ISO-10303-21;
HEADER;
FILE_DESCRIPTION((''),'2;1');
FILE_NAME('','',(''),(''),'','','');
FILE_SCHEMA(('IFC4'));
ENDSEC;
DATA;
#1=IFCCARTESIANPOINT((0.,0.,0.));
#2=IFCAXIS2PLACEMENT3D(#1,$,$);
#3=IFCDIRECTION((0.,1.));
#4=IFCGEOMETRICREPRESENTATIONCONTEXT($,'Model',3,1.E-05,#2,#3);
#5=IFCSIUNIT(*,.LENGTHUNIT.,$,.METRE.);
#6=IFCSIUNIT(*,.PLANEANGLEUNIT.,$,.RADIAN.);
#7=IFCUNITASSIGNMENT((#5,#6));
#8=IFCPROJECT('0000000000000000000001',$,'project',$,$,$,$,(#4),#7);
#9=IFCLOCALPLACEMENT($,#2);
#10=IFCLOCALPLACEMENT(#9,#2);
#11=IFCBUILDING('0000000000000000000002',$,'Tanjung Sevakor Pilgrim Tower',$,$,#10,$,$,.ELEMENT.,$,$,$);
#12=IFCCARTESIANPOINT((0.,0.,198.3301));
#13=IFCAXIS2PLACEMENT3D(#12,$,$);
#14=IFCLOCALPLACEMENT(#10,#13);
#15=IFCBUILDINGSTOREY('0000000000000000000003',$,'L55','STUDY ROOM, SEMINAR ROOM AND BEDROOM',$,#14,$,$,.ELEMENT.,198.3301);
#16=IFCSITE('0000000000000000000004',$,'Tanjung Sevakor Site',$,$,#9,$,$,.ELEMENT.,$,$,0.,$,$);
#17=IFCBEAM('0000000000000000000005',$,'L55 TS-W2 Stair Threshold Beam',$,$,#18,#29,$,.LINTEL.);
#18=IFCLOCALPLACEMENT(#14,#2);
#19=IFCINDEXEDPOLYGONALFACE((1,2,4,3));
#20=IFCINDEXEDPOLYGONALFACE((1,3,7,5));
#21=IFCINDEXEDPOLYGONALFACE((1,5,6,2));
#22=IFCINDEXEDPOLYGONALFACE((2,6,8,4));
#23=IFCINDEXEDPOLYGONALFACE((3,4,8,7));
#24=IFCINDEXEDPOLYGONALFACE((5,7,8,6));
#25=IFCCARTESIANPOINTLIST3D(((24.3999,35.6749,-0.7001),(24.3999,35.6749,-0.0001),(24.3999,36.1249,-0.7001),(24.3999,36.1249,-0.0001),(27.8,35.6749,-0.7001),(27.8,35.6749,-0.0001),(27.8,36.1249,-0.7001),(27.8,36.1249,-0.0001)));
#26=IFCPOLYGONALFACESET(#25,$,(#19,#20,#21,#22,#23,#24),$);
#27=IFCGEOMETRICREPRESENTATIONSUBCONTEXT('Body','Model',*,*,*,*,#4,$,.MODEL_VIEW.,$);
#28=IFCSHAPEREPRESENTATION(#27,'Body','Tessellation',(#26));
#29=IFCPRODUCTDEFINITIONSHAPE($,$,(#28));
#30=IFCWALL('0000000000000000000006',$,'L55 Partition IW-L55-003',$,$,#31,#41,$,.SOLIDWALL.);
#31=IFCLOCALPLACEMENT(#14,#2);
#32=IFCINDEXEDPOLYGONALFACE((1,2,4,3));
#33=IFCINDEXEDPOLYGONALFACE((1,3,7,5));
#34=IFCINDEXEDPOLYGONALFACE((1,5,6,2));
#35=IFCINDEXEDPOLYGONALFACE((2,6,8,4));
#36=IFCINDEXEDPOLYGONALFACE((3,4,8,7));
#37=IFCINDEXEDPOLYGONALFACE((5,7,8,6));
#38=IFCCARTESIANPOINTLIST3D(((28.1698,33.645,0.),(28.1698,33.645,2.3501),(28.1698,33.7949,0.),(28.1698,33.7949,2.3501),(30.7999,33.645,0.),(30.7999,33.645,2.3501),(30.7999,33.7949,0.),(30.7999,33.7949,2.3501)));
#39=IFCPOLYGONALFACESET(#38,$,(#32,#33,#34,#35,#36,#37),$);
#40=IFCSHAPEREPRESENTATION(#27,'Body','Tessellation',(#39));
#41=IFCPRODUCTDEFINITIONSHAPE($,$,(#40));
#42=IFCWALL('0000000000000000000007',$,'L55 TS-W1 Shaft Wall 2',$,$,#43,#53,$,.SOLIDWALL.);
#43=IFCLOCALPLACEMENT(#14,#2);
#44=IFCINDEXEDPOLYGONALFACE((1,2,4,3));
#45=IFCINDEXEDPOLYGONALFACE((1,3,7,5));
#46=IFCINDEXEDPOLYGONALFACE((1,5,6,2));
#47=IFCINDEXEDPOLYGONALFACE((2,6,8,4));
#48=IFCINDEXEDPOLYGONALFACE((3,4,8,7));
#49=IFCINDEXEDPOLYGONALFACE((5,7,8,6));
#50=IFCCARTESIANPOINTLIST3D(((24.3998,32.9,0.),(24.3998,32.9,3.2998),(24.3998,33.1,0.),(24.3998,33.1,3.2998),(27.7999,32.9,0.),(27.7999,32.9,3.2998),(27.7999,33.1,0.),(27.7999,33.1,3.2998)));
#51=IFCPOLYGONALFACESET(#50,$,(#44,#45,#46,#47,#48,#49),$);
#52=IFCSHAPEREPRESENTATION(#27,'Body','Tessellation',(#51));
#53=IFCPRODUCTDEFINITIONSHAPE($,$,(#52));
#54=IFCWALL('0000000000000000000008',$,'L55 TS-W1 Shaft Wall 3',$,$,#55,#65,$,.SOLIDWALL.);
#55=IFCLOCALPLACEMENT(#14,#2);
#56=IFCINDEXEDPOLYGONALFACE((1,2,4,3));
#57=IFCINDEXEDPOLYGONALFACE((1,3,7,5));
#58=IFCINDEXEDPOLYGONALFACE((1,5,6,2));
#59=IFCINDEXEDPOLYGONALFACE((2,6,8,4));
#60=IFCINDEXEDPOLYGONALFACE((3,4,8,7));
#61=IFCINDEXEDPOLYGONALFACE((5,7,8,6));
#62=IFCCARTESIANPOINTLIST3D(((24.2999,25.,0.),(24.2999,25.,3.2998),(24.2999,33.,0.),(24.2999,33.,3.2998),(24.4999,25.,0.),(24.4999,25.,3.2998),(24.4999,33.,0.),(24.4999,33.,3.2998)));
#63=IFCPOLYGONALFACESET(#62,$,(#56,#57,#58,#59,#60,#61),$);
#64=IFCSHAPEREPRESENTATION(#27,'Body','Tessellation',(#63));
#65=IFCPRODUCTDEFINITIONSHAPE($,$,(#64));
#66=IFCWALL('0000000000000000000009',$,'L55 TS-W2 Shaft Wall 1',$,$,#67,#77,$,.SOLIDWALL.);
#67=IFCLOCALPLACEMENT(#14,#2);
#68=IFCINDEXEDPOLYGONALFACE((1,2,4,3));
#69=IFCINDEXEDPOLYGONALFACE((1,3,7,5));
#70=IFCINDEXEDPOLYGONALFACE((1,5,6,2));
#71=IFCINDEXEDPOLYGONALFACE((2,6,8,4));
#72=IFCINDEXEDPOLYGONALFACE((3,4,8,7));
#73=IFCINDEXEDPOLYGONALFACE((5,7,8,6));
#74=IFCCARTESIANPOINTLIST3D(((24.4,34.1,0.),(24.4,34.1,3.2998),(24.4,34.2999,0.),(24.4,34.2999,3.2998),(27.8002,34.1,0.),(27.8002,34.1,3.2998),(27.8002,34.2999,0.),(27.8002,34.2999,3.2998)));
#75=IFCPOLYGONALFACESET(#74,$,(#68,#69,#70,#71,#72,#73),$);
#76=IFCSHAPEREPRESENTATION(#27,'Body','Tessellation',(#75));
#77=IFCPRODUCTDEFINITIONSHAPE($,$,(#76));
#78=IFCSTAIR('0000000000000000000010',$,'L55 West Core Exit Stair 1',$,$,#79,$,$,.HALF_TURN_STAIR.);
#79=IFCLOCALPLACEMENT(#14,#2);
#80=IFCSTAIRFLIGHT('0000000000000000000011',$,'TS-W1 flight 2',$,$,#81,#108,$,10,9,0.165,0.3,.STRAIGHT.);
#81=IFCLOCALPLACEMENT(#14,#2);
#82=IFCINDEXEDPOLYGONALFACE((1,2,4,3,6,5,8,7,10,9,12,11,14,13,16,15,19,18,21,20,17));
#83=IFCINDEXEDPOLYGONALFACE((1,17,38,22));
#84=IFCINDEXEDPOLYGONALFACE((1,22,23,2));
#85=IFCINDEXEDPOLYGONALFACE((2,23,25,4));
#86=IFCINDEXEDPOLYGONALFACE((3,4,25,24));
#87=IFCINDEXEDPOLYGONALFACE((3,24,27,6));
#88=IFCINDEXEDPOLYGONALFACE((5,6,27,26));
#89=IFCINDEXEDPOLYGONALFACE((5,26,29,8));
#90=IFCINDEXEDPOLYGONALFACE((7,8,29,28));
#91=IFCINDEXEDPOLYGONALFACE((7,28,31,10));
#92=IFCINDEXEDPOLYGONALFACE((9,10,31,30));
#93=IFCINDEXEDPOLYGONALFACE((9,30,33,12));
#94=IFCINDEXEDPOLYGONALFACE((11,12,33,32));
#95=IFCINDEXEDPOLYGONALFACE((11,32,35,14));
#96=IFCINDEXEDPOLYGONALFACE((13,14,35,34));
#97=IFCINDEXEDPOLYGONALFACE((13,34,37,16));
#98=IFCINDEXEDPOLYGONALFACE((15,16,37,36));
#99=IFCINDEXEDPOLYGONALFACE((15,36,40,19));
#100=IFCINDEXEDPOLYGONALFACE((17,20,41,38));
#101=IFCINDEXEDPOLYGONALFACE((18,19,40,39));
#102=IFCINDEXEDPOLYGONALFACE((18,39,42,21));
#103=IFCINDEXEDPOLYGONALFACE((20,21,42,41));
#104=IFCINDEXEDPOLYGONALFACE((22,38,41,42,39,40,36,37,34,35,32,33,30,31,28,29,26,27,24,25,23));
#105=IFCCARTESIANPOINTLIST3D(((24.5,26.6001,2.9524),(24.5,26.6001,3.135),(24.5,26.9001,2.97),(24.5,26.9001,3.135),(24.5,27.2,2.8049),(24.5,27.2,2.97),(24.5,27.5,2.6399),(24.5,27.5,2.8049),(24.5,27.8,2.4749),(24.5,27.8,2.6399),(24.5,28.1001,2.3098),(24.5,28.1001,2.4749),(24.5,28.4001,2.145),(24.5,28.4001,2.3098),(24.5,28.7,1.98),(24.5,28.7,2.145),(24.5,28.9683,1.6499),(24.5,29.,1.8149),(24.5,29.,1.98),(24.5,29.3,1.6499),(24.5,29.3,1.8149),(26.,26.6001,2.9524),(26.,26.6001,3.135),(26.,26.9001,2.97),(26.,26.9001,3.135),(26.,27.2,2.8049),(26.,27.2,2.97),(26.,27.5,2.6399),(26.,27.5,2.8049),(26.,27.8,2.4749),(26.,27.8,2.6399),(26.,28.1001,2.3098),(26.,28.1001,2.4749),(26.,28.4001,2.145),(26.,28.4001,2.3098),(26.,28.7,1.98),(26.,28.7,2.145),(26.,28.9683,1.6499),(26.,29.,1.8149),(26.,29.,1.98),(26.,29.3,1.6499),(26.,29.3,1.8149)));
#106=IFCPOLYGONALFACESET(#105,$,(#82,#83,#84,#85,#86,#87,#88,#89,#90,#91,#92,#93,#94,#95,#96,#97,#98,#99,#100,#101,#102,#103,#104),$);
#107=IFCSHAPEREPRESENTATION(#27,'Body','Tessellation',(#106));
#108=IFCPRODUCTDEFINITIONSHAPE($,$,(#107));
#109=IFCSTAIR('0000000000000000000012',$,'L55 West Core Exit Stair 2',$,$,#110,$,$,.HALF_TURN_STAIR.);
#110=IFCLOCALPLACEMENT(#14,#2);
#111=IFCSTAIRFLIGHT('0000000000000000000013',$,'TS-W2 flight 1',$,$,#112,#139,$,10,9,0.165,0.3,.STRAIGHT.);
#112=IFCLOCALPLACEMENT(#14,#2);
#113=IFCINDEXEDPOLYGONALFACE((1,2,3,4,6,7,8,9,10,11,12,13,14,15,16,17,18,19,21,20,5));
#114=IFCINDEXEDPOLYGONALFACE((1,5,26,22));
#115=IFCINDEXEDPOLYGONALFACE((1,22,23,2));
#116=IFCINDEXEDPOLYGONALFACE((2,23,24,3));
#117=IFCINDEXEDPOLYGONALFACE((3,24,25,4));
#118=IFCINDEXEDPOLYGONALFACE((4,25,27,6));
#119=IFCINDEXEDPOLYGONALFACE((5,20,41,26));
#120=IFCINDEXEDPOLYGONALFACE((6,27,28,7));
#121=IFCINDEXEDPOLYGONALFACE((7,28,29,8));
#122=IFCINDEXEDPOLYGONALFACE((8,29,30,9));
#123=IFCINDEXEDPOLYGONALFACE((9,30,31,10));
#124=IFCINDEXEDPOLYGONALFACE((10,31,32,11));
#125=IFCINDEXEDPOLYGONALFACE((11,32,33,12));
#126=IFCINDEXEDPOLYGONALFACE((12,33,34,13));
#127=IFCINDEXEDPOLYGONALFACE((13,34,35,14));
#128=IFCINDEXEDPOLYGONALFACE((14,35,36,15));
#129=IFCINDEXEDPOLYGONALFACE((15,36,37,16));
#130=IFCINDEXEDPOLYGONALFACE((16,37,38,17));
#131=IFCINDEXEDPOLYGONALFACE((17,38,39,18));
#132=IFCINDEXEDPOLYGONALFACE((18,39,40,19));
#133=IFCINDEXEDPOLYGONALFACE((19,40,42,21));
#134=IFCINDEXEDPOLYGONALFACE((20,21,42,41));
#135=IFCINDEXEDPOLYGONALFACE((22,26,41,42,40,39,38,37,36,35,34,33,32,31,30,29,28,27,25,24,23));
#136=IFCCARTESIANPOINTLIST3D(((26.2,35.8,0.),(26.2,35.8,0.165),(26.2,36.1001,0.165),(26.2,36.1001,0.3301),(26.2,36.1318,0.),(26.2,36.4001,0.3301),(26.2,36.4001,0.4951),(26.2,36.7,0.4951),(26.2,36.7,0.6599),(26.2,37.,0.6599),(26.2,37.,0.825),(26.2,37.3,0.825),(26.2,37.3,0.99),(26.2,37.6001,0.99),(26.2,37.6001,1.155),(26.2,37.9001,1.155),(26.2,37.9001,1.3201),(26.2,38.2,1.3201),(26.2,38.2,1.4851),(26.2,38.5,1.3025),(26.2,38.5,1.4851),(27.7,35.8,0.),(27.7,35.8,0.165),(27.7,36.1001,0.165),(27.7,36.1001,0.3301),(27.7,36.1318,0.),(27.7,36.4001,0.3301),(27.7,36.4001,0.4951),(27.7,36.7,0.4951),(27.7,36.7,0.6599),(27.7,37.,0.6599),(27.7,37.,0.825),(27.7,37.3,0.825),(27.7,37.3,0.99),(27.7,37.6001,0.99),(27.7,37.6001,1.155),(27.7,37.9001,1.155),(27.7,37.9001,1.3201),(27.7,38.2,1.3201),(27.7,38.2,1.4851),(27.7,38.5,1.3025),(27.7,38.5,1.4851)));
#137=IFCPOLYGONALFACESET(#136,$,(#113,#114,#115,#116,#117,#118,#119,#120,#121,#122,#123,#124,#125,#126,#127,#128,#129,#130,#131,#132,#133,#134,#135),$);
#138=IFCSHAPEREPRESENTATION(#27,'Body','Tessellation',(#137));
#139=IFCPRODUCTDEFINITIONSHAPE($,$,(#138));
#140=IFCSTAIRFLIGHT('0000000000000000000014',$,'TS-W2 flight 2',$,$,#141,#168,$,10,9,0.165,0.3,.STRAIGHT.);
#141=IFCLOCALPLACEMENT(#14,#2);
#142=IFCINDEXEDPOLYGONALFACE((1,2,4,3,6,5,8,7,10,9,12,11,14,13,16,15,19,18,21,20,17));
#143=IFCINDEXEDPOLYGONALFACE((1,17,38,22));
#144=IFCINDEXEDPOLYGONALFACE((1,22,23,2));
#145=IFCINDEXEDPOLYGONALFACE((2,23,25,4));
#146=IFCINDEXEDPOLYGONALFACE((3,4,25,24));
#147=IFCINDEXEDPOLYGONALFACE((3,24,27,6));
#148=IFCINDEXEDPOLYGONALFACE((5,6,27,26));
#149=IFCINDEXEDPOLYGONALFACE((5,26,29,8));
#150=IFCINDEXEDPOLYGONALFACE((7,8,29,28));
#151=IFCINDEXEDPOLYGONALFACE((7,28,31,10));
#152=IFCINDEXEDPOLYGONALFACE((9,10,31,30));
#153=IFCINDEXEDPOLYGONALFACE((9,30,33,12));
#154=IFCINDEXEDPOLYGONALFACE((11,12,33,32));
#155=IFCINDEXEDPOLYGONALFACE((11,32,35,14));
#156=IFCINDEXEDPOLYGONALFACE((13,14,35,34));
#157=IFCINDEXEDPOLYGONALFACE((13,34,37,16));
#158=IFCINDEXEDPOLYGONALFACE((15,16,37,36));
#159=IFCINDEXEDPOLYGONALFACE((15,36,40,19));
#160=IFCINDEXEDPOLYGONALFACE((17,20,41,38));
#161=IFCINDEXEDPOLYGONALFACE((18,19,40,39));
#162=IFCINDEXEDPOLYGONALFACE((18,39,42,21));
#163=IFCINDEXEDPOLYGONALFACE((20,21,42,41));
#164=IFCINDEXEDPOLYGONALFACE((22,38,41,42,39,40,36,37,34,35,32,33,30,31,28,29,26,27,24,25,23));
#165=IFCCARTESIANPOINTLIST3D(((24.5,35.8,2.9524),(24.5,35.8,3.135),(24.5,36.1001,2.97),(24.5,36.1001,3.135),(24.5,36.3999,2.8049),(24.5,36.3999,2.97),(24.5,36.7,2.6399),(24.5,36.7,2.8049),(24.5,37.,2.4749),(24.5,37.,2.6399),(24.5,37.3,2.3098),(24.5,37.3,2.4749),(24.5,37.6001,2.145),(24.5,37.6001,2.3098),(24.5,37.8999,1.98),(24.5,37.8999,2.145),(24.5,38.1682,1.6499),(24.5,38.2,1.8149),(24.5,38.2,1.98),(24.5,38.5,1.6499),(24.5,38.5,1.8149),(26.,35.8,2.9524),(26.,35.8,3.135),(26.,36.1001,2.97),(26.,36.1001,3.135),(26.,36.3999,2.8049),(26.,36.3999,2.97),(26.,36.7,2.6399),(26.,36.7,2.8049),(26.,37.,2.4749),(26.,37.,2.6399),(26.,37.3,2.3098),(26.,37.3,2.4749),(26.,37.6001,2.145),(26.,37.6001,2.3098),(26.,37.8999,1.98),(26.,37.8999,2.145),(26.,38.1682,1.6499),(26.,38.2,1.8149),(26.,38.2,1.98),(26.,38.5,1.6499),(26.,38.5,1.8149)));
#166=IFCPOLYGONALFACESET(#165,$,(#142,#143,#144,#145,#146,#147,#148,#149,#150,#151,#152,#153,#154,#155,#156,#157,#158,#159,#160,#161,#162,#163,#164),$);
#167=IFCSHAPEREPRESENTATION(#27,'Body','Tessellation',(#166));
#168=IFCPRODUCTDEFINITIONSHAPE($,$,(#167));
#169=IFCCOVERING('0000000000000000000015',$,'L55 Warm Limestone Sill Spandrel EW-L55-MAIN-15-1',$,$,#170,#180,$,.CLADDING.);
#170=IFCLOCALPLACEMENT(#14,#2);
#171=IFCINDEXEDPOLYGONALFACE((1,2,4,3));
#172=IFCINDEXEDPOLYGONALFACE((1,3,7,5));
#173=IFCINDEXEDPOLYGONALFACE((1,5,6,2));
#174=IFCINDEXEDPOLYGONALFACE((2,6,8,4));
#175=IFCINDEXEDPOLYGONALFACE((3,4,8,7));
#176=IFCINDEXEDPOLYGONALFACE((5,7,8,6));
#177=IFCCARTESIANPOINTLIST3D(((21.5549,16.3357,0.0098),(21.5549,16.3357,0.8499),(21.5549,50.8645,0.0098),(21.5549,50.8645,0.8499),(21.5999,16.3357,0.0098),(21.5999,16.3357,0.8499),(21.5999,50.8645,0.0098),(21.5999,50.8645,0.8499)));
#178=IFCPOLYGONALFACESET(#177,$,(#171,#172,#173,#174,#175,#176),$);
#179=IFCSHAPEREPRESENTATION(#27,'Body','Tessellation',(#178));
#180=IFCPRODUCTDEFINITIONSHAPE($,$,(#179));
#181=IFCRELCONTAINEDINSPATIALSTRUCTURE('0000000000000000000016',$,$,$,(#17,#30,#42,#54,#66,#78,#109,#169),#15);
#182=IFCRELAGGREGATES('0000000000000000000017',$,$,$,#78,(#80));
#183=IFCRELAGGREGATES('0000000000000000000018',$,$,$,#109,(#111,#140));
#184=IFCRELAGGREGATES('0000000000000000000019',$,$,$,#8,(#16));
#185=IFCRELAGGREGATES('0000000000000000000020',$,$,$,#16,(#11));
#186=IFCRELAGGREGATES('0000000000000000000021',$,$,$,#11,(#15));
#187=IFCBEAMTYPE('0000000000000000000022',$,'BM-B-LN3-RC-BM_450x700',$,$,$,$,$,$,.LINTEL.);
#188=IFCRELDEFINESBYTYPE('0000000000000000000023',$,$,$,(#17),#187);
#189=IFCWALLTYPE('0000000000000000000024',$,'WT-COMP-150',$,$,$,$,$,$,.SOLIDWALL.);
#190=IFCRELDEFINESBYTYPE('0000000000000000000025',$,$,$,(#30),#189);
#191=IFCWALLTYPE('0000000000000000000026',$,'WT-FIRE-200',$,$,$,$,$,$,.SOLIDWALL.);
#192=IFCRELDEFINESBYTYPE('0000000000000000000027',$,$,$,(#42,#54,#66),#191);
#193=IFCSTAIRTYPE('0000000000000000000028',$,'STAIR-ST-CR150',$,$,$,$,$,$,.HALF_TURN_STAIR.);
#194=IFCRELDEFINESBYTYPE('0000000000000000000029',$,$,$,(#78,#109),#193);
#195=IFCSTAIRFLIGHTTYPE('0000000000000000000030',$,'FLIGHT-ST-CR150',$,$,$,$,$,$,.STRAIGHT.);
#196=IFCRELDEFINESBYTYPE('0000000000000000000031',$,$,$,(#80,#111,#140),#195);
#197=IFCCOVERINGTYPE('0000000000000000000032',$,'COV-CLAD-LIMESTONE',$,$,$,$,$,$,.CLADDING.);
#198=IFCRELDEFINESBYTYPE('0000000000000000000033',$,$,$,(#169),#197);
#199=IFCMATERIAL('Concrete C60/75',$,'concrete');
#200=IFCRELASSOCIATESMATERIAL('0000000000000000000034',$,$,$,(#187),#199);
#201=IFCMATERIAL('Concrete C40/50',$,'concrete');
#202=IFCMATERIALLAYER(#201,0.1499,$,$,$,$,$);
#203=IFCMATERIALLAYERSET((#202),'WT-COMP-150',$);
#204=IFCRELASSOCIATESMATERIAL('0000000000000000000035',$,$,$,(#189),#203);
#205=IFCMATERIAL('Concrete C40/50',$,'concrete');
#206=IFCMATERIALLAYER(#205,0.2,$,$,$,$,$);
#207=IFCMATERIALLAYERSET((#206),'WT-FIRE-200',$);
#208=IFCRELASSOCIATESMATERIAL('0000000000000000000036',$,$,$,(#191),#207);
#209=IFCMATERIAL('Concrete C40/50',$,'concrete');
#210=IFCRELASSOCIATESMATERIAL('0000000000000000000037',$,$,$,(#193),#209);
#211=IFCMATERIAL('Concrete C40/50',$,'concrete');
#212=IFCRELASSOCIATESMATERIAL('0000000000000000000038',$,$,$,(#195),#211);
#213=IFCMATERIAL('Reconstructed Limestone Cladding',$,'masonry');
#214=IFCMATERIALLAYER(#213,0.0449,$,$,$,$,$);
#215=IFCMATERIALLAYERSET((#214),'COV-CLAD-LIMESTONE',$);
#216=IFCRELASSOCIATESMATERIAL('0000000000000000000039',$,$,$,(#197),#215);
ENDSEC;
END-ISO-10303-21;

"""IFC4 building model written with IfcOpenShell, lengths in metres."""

from ifc_helpers import new_model, si_unit, direction, frame, frame_2d, origin, origin_2d, place, context, subcontext, project, spatial, polyline, rectangle, outline, extrude, material, layer, layer_set, material_profile, profile_set, type_object, element, aggregate, save


model = new_model("IFC4")

# Units and contexts
model_context = context("Model", 3, precision=1e-05, world=origin(), true_north=direction((0.0, 1.0)))
body_context = subcontext(model_context, "Body", "Model", "MODEL_VIEW")
ifc_project = project(units=[si_unit("LENGTHUNIT", "METRE"), si_unit("PLANEANGLEUNIT", "RADIAN")], contexts=[model_context])

# Site, building, storey
site_placement = place(None, origin())
site = spatial("IfcSite", under=ifc_project, at=site_placement, Name="Tanjung Sevakor Site", CompositionType="ELEMENT", RefElevation=0.0)
building_placement = place(site_placement, origin())
building = spatial("IfcBuilding", under=site, at=building_placement, Name="Tanjung Sevakor Pilgrim Tower", CompositionType="ELEMENT")
storey_placement = place(building_placement, frame((0.0, 0.0, 198.3301)))
storey = spatial("IfcBuildingStorey", under=building, at=storey_placement, Name="L55", Description="STUDY ROOM, SEMINAR ROOM AND BEDROOM", CompositionType="ELEMENT", Elevation=198.3301)

# Beam
ifc_material_1 = material(Name="Concrete C60/75", Category="concrete")
ifc_material_profile = material_profile(ifc_material_1, rectangle(XDim=0.45, YDim=0.7, at=origin_2d()))
ifc_profile_set = profile_set([ifc_material_profile], Name="Concrete C60/75")
beam_type = type_object("IfcBeamType", Name="BM-B-LN3-RC-BM_450x700", PredefinedType="LINTEL", material=ifc_profile_set)
beam_placement = place(storey_placement, frame((24.3999, 35.8999, -0.3501), z_axis=(1.0, 0.0, 0.0), x_axis=(0.0, 1.0, 0.0)))
element("IfcBeam", 1, at=beam_placement, inside=storey, type_object=beam_type, Name="L55 TS-W2 Stair Threshold Beam", PredefinedType="LINTEL", context=body_context, shape_type="SweptSolid", body=[
    extrude(rectangle(XDim=0.45, YDim=0.7, at=origin_2d()), origin(), (0.0, 0.0, 1.0), 3.4001),
])

# Wall
ifc_material_2 = material(Name="Concrete C40/50", Category="concrete")
ifc_layer_1 = layer(ifc_material_2, 0.1499)
ifc_layer_set_1 = layer_set([ifc_layer_1], Name="WT-COMP-150")
wall_type_1 = type_object("IfcWallType", Name="WT-COMP-150", PredefinedType="SOLIDWALL", material=ifc_layer_set_1)
wall_1_placement = place(storey_placement, frame((28.1699, 33.72, 0.0), z_axis=(0.0, 0.0, 1.0), x_axis=(1.0, 0.0, 0.0)))
element("IfcWall", 2, at=wall_1_placement, inside=storey, type_object=wall_type_1, Name="L55 Partition IW-L55-003", PredefinedType="SOLIDWALL", context=body_context, shape_type="SweptSolid", body=[
    extrude(rectangle(XDim=2.6301, YDim=0.1499, at=frame_2d((1.3149, 0.0))), origin(), (0.0, 0.0, 1.0), 2.3501),
])

# Walls
ifc_material_3 = material(Name="Concrete C40/50", Category="concrete")
ifc_layer_2 = layer(ifc_material_3, 0.2)
ifc_layer_set_2 = layer_set([ifc_layer_2], Name="WT-FIRE-200")
wall_type_2 = type_object("IfcWallType", Name="WT-FIRE-200", PredefinedType="SOLIDWALL", material=ifc_layer_set_2)
wall_2_placement = place(storey_placement, frame((27.8, 33.0, 0.0), z_axis=(0.0, 0.0, 1.0), x_axis=(-1.0, 0.0, 0.0)))
element("IfcWall", 3, at=wall_2_placement, inside=storey, type_object=wall_type_2, Name="L55 TS-W1 Shaft Wall 2", PredefinedType="SOLIDWALL", context=body_context, shape_type="SweptSolid", body=[
    extrude(rectangle(XDim=3.4001, YDim=0.2, at=frame_2d((1.7002, 0.0))), origin(), (0.0, 0.0, 1.0), 3.2998),
])
wall_3_placement = place(storey_placement, frame((24.3999, 33.0, 0.0), z_axis=(0.0, 0.0, 1.0), x_axis=(0.0, -1.0, 0.0)))
element("IfcWall", 4, at=wall_3_placement, inside=storey, type_object=wall_type_2, Name="L55 TS-W1 Shaft Wall 3", PredefinedType="SOLIDWALL", context=body_context, shape_type="SweptSolid", body=[
    extrude(rectangle(XDim=8.0, YDim=0.2, at=frame_2d((4.0, 0.0))), origin(), (0.0, 0.0, 1.0), 3.2998),
])
wall_4_placement = place(storey_placement, frame((24.3999, 34.2, 0.0), z_axis=(0.0, 0.0, 1.0), x_axis=(1.0, 0.0, 0.0)))
element("IfcWall", 5, at=wall_4_placement, inside=storey, type_object=wall_type_2, Name="L55 TS-W2 Shaft Wall 1", PredefinedType="SOLIDWALL", context=body_context, shape_type="SweptSolid", body=[
    extrude(rectangle(XDim=3.4001, YDim=0.2, at=frame_2d((1.7002, 0.0))), origin(), (0.0, 0.0, 1.0), 3.2998),
])

# Stair, stair flight
ifc_material_4 = material(Name="Concrete C40/50", Category="concrete")
stair_type = type_object("IfcStairType", Name="STAIR-ST-CR150", PredefinedType="HALF_TURN_STAIR", material=ifc_material_4)
stair_1_placement = place(storey_placement, origin())
stair_1 = element("IfcStair", 6, at=stair_1_placement, inside=storey, type_object=stair_type, Name="L55 West Core Exit Stair 1", PredefinedType="HALF_TURN_STAIR")
ifc_material_5 = material(Name="Concrete C40/50", Category="concrete")
stair_flight_type = type_object("IfcStairFlightType", Name="FLIGHT-ST-CR150", PredefinedType="STRAIGHT", material=ifc_material_5)
stair_flight_1_placement = place(storey_placement, frame((25.25, 29.3, 1.6499), z_axis=(0.0, 0.0, 1.0), x_axis=(0.0, -1.0, 0.0)))
stair_flight_1 = element("IfcStairFlight", 7, at=stair_flight_1_placement, type_object=stair_flight_type, Name="TS-W1 flight 2", NumberOfRisers=10, NumberOfTreads=9, PredefinedType="STRAIGHT", RiserHeight=0.165, TreadLength=0.3, context=body_context, shape_type="SweptSolid", body=[
    extrude(outline(polyline([(0.0, 0.0), (0.0, 0.165), (0.3, 0.165), (0.3, 0.3301), (0.6001, 0.3301), (0.6001, 0.4951), (0.8999, 0.4951), (0.8999, 0.6599), (1.2, 0.6599), (1.2, 0.825), (1.5, 0.825), (1.5, 0.99), (1.8, 0.99), (1.8, 1.155), (2.1001, 1.155), (2.1001, 1.3201), (2.3999, 1.3201), (2.3999, 1.4851), (2.7, 1.4851), (2.7, 1.6499), (2.7, 1.3025), (0.3318, 0.0), (0.0, 0.0)])), frame((0.0, 0.75, 0.0), z_axis=(0.0, -1.0, 0.0), x_axis=(1.0, 0.0, 0.0)), (0.0, 0.0, 1.0), 1.5),
])
aggregate(stair_1, [stair_flight_1])

# Stair, stair flights
stair_2_placement = place(storey_placement, origin())
stair_2 = element("IfcStair", 8, at=stair_2_placement, inside=storey, type_object=stair_type, Name="L55 West Core Exit Stair 2", PredefinedType="HALF_TURN_STAIR")
stair_flight_2_placement = place(storey_placement, frame((26.95, 35.8, 0.0), z_axis=(0.0, 0.0, 1.0), x_axis=(0.0, 1.0, 0.0)))
stair_flight_2 = element("IfcStairFlight", 9, at=stair_flight_2_placement, type_object=stair_flight_type, Name="TS-W2 flight 1", NumberOfRisers=10, NumberOfTreads=9, PredefinedType="STRAIGHT", RiserHeight=0.165, TreadLength=0.3, context=body_context, shape_type="SweptSolid", body=[
    extrude(outline(polyline([(0.0, 0.0), (0.0, 0.165), (0.3, 0.165), (0.3, 0.3301), (0.6001, 0.3301), (0.6001, 0.4951), (0.8999, 0.4951), (0.8999, 0.6599), (1.2, 0.6599), (1.2, 0.825), (1.5, 0.825), (1.5, 0.99), (1.8, 0.99), (1.8, 1.155), (2.1001, 1.155), (2.1001, 1.3201), (2.3999, 1.3201), (2.3999, 1.4851), (2.7, 1.4851), (2.7, 1.6499), (2.7, 1.3025), (0.3318, 0.0), (0.0, 0.0)])), frame((0.0, 0.75, 0.0), z_axis=(0.0, -1.0, 0.0), x_axis=(1.0, 0.0, 0.0)), (0.0, 0.0, 1.0), 1.5),
])
stair_flight_3_placement = place(storey_placement, frame((25.25, 38.5, 1.6499), z_axis=(0.0, 0.0, 1.0), x_axis=(0.0, -1.0, 0.0)))
stair_flight_3 = element("IfcStairFlight", 10, at=stair_flight_3_placement, type_object=stair_flight_type, Name="TS-W2 flight 2", NumberOfRisers=10, NumberOfTreads=9, PredefinedType="STRAIGHT", RiserHeight=0.165, TreadLength=0.3, context=body_context, shape_type="SweptSolid", body=[
    extrude(outline(polyline([(0.0, 0.0), (0.0, 0.165), (0.3, 0.165), (0.3, 0.3301), (0.6001, 0.3301), (0.6001, 0.4951), (0.8999, 0.4951), (0.8999, 0.6599), (1.2, 0.6599), (1.2, 0.825), (1.5, 0.825), (1.5, 0.99), (1.8, 0.99), (1.8, 1.155), (2.1001, 1.155), (2.1001, 1.3201), (2.3999, 1.3201), (2.3999, 1.4851), (2.7, 1.4851), (2.7, 1.6499), (2.7, 1.3025), (0.3318, 0.0), (0.0, 0.0)])), frame((0.0, 0.75, 0.0), z_axis=(0.0, -1.0, 0.0), x_axis=(1.0, 0.0, 0.0)), (0.0, 0.0, 1.0), 1.5),
])
aggregate(stair_2, [stair_flight_2, stair_flight_3])

# Covering
ifc_material_6 = material(Name="Reconstructed Limestone Cladding", Category="masonry")
ifc_layer_3 = layer(ifc_material_6, 0.0449)
ifc_layer_set_3 = layer_set([ifc_layer_3], Name="COV-CLAD-LIMESTONE")
covering_type = type_object("IfcCoveringType", Name="COV-CLAD-LIMESTONE", PredefinedType="CLADDING", material=ifc_layer_set_3)
covering_1_placement = place(storey_placement, frame((21.5774, 33.6001, 0.0098), z_axis=(0.0, 0.0, 1.0), x_axis=(0.0, -1.0, 0.0)))
element("IfcCovering", 11, at=covering_1_placement, inside=storey, type_object=covering_type, Name="L55 Warm Limestone Sill Spandrel EW-L55-MAIN-15-1", PredefinedType="CLADDING", context=body_context, shape_type="SweptSolid", body=[
    extrude(rectangle(XDim=34.5288, YDim=0.0449, at=origin_2d()), origin(), (0.0, 0.0, 1.0), 0.8401),
])

save(model, "model.ifc")
